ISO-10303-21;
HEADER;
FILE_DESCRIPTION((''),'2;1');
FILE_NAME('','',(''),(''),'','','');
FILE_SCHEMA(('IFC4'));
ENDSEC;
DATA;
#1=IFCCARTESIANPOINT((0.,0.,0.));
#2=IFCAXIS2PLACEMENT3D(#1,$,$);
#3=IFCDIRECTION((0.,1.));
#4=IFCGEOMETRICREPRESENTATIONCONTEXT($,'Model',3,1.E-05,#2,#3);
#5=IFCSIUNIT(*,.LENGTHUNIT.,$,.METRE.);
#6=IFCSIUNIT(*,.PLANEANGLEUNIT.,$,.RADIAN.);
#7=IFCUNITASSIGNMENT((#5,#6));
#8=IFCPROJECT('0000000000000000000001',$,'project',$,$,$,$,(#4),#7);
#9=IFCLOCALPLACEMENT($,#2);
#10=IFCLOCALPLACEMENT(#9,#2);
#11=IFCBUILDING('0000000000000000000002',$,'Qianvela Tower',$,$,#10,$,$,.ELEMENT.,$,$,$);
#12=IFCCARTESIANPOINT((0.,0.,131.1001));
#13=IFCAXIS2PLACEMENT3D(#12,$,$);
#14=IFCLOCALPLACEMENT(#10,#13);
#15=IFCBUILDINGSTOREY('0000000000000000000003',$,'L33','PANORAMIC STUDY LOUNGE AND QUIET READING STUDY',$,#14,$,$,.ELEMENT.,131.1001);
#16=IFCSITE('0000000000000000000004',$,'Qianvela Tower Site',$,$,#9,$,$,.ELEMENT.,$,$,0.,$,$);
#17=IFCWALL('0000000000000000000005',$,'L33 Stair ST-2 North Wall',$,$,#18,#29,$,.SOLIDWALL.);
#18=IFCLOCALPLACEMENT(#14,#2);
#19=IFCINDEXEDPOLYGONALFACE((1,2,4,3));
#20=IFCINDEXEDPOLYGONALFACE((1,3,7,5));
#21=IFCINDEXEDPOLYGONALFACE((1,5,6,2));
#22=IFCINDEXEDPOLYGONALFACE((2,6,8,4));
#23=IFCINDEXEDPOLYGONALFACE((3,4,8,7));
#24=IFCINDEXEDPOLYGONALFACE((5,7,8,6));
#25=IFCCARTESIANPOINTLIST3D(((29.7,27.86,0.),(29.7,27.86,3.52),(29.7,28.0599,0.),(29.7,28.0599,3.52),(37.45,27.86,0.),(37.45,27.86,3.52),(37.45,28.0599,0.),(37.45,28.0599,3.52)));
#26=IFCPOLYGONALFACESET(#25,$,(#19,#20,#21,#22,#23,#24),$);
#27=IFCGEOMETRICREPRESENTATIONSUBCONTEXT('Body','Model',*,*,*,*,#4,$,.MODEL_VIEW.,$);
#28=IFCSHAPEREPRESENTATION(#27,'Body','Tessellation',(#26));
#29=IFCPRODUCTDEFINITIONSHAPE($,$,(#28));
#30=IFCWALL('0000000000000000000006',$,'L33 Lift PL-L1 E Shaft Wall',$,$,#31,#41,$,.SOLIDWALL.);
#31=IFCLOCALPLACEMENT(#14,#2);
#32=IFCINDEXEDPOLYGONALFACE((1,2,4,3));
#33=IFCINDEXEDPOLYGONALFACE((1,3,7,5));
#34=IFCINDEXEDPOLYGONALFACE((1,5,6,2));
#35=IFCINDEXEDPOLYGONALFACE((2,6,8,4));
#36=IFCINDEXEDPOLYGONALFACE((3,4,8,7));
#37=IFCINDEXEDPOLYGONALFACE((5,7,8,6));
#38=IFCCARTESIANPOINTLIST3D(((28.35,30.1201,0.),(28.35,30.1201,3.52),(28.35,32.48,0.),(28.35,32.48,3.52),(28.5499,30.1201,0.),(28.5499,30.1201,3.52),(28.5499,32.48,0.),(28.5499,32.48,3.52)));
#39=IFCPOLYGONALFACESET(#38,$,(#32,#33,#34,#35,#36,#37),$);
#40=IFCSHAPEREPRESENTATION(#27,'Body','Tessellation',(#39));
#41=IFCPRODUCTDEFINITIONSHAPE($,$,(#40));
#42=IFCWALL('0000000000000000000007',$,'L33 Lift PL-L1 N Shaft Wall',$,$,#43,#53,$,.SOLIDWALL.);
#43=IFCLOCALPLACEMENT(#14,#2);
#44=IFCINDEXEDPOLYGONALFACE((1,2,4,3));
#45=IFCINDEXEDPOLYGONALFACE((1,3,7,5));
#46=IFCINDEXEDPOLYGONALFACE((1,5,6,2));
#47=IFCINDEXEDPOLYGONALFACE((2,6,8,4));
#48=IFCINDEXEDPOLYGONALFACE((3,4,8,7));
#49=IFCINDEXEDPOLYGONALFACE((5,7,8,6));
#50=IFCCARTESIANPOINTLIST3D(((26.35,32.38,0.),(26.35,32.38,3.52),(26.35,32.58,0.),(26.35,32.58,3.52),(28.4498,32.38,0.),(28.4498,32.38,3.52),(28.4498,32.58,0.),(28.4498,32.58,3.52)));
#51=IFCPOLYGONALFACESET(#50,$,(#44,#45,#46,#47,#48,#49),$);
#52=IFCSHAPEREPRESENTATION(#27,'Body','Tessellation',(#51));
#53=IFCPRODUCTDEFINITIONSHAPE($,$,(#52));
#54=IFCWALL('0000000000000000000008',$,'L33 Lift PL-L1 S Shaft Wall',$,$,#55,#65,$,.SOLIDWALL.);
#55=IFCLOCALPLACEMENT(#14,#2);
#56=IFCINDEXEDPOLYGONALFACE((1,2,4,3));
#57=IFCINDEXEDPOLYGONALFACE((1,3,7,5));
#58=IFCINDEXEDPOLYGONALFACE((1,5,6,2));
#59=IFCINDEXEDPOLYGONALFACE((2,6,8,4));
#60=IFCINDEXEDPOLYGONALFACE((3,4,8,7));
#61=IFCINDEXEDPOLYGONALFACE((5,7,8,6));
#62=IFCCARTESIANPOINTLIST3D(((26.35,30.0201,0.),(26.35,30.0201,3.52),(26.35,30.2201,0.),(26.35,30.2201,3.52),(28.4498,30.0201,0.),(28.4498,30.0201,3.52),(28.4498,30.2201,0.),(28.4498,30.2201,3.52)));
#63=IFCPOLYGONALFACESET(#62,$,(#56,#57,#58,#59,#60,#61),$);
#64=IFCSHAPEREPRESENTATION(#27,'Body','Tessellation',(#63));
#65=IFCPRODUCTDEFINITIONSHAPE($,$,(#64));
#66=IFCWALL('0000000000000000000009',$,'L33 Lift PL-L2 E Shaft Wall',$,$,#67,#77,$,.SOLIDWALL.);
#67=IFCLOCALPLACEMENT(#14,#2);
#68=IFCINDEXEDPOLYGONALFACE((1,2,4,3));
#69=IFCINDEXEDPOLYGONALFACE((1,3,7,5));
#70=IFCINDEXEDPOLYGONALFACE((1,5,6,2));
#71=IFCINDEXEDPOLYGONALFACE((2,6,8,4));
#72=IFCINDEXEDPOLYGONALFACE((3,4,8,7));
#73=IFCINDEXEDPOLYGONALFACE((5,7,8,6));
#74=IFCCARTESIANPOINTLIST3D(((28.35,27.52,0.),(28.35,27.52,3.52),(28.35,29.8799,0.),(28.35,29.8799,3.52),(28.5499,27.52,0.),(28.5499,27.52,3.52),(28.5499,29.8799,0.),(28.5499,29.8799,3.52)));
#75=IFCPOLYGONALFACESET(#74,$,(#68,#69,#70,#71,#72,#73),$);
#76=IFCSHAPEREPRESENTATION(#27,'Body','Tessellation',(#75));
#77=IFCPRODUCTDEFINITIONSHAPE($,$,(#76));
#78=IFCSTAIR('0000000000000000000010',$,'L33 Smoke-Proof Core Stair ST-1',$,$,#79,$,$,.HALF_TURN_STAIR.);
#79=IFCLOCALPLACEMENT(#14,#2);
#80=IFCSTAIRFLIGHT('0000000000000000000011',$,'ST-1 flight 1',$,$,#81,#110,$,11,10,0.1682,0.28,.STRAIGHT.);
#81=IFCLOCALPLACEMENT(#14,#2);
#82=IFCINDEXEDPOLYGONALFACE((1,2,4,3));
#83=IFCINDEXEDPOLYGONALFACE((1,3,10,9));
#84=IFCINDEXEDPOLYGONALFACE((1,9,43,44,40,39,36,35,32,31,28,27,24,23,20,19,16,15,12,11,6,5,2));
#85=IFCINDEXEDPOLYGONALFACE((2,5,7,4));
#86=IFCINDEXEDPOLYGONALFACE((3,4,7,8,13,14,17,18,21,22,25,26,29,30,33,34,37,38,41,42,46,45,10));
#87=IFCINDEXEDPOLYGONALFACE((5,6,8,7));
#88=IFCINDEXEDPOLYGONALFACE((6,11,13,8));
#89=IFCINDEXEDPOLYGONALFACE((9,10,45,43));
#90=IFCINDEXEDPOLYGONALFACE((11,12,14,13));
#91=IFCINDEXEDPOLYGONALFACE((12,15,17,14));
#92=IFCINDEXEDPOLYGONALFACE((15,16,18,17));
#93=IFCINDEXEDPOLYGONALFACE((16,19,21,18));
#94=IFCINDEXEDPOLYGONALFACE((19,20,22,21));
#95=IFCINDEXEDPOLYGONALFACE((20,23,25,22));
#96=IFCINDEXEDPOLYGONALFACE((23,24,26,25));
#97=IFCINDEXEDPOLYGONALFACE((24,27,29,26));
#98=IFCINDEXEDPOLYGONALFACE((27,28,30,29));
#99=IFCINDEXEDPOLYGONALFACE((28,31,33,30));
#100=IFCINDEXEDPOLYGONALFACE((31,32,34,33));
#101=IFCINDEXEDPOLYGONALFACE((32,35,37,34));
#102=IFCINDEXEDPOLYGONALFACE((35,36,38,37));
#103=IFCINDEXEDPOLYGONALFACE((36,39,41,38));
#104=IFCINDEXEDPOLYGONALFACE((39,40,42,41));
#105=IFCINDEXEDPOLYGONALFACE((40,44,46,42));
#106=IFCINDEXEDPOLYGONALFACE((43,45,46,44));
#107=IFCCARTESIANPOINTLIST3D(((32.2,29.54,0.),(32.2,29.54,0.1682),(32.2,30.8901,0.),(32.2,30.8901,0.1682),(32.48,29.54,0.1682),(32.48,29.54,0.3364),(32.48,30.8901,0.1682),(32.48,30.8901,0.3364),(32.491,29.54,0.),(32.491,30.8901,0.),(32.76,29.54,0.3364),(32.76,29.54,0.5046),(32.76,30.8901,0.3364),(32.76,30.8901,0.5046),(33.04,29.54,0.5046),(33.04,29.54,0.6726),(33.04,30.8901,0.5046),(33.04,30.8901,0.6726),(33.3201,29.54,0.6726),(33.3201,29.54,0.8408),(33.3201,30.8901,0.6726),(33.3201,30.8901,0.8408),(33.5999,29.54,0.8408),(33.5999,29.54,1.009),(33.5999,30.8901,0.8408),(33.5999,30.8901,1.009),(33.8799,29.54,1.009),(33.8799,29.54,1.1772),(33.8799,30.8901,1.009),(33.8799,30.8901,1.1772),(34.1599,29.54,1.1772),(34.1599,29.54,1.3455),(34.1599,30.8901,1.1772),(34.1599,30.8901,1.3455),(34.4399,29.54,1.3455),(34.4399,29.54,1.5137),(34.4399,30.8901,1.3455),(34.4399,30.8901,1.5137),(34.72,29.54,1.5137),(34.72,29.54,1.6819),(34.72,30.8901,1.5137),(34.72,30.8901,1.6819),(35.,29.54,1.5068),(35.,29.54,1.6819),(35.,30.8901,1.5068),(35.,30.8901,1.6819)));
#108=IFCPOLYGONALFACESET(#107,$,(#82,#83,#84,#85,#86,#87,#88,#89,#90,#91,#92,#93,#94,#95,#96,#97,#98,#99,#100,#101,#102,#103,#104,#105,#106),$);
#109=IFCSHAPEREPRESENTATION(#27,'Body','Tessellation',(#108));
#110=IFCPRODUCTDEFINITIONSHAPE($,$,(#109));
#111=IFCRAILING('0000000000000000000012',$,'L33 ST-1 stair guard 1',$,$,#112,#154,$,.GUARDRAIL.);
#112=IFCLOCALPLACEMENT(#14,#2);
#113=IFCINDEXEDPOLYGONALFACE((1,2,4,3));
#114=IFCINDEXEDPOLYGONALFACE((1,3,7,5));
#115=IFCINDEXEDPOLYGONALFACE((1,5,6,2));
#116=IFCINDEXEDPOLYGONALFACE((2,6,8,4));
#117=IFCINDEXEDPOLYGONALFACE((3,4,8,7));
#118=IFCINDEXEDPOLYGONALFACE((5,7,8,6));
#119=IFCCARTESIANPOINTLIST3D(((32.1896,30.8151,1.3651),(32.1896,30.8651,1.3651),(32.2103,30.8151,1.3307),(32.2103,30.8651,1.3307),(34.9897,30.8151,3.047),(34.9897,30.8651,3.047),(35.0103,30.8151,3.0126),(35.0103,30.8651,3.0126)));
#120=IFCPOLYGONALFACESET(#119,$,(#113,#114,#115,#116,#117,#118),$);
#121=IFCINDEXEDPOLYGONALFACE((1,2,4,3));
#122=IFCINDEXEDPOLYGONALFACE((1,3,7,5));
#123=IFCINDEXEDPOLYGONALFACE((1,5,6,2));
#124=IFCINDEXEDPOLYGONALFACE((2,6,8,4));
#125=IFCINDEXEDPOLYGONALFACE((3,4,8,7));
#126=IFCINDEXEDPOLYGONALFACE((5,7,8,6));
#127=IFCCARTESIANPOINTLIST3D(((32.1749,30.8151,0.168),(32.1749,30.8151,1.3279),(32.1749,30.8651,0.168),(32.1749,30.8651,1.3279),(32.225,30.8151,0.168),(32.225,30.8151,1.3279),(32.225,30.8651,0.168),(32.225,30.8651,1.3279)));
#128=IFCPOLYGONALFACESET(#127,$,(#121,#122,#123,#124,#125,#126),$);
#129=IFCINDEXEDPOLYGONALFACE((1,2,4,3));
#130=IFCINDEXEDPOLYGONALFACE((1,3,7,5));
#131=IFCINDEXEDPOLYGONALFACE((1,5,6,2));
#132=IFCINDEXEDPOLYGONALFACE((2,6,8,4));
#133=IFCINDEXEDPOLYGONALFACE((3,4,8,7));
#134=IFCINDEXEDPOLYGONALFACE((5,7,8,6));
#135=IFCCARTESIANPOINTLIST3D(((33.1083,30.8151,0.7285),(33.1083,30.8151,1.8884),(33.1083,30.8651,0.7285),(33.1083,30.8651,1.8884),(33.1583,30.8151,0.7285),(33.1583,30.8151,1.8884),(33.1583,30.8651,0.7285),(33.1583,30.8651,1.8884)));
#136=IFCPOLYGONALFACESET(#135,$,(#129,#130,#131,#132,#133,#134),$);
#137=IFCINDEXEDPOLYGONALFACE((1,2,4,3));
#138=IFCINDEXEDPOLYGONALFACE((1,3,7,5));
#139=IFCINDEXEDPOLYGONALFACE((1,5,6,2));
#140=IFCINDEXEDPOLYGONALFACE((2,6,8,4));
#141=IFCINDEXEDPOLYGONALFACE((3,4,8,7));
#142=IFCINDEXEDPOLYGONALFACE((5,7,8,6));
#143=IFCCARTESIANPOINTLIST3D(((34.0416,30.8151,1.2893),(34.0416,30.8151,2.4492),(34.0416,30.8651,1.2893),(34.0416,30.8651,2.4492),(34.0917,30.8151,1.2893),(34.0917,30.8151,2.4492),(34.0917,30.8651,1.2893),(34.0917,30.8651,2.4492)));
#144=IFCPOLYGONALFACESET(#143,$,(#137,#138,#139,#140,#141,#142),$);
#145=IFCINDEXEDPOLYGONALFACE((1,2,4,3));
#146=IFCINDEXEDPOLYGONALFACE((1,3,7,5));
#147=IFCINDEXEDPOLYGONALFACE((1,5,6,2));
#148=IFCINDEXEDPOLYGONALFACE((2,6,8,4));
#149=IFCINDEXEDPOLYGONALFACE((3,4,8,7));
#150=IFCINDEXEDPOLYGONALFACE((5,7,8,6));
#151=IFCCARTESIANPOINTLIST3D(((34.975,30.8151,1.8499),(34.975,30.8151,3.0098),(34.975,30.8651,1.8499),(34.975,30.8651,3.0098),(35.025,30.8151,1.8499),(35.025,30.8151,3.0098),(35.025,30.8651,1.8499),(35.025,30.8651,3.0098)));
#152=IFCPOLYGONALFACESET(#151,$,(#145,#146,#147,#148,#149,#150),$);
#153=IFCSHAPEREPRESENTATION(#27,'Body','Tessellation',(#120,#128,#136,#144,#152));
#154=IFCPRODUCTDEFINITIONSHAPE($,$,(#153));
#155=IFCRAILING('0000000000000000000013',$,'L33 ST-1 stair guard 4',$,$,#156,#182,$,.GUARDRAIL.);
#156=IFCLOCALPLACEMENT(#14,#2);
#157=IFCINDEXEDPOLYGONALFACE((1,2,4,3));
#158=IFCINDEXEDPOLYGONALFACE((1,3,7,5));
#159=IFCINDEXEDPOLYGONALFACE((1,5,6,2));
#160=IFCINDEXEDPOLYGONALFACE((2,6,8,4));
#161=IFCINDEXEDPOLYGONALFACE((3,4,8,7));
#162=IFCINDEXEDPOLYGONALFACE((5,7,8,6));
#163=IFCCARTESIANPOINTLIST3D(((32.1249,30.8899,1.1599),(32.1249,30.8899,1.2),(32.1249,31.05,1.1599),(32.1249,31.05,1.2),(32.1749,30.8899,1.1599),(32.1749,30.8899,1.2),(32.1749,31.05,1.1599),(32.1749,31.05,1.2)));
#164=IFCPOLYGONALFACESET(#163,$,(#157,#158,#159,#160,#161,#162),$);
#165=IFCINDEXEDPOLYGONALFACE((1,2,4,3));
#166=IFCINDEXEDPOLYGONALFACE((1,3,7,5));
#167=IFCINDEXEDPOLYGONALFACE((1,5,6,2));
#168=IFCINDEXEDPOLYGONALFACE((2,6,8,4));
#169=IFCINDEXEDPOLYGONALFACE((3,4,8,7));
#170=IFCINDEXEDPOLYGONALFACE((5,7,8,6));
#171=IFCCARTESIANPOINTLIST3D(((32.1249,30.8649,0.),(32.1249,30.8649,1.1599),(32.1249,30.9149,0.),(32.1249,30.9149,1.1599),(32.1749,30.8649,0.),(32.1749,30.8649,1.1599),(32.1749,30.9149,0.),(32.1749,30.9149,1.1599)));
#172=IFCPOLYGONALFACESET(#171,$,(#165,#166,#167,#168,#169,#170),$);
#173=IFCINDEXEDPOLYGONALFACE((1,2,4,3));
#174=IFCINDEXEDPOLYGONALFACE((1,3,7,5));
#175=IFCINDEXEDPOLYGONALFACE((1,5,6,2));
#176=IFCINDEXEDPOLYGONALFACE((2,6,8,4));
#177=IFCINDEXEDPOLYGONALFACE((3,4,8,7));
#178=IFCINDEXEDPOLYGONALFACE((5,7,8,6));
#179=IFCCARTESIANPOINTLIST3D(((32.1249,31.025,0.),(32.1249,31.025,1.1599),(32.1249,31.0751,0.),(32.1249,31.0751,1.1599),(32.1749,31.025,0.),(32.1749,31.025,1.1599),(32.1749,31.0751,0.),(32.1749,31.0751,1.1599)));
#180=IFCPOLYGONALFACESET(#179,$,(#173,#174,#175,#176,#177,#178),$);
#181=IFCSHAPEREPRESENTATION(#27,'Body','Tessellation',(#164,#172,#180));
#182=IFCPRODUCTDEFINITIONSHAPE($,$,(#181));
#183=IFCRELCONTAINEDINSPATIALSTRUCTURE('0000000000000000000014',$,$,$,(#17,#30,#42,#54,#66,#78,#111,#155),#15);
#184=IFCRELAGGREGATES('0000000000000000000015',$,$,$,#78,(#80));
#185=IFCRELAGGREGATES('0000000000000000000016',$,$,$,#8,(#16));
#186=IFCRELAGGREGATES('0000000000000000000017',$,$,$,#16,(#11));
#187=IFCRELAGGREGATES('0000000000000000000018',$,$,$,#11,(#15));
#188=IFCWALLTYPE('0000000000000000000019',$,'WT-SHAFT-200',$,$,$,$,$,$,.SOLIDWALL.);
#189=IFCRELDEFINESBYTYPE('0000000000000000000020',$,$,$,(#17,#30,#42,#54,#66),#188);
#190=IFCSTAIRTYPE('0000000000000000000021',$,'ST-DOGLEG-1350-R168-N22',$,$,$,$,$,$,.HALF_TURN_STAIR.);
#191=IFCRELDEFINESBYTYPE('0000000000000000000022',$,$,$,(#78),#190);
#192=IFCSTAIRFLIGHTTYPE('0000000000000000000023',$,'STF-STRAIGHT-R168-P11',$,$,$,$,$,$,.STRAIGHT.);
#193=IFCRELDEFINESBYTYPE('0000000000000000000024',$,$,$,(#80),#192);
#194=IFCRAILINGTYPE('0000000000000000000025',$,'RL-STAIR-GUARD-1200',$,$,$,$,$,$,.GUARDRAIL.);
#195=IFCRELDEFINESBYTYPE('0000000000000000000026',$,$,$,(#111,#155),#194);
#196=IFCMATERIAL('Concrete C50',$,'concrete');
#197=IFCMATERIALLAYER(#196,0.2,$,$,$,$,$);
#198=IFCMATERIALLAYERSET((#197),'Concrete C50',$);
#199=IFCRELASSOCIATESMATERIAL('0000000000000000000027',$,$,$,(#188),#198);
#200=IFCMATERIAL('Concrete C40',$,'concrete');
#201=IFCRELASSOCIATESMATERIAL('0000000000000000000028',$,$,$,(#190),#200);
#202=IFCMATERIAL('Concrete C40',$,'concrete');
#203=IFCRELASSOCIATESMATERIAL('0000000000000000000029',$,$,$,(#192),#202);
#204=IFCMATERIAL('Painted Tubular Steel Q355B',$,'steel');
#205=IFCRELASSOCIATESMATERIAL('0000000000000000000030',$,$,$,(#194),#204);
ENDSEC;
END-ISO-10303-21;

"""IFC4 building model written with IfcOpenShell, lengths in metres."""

from ifc_helpers import new_model, si_unit, direction, frame, frame_2d, origin, origin_2d, place, context, subcontext, project, spatial, polyline, rectangle, outline, extrude, material, layer, layer_set, type_object, element, aggregate, save


model = new_model("IFC4")

# Units and contexts
model_context = context("Model", 3, precision=1e-05, world=origin(), true_north=direction((0.0, 1.0)))
body_context = subcontext(model_context, "Body", "Model", "MODEL_VIEW")
ifc_project = project(units=[si_unit("LENGTHUNIT", "METRE"), si_unit("PLANEANGLEUNIT", "RADIAN")], contexts=[model_context])

# Site, building, storey
site_placement = place(None, origin())
site = spatial("IfcSite", under=ifc_project, at=site_placement, Name="Qianvela Tower Site", CompositionType="ELEMENT", RefElevation=0.0)
building_placement = place(site_placement, origin())
building = spatial("IfcBuilding", under=site, at=building_placement, Name="Qianvela Tower", CompositionType="ELEMENT")
storey_placement = place(building_placement, frame((0.0, 0.0, 131.1001)))
storey = spatial("IfcBuildingStorey", under=building, at=storey_placement, Name="L33", Description="PANORAMIC STUDY LOUNGE AND QUIET READING STUDY", CompositionType="ELEMENT", Elevation=131.1001)

# Walls
ifc_material_1 = material(Name="Concrete C50", Category="concrete")
ifc_layer_1 = layer(ifc_material_1, 0.2)
ifc_layer_set_1 = layer_set([ifc_layer_1], Name="Concrete C50")
wall_type_1 = type_object("IfcWallType", Name="WT-SHAFT-200", PredefinedType="SOLIDWALL", material=ifc_layer_set_1)
wall_1_placement = place(storey_placement, frame((29.7, 27.96, 0.0), z_axis=(0.0, 0.0, 1.0), x_axis=(1.0, 0.0, 0.0)))
element("IfcWall", 1, at=wall_1_placement, inside=storey, type_object=wall_type_1, Name="L33 Stair ST-2 North Wall", PredefinedType="SOLIDWALL", context=body_context, shape_type="SweptSolid", body=[
    extrude(rectangle(XDim=7.75, YDim=0.2, at=frame_2d((3.875, 0.0))), origin(), (0.0, 0.0, 1.0), 3.52),
])
wall_2_placement = place(storey_placement, frame((28.45, 30.1201, 0.0), z_axis=(0.0, 0.0, 1.0), x_axis=(0.0, 1.0, 0.0)))
element("IfcWall", 2, at=wall_2_placement, inside=storey, type_object=wall_type_1, Name="L33 Lift PL-L1 E Shaft Wall", PredefinedType="SOLIDWALL", context=body_context, shape_type="SweptSolid", body=[
    extrude(rectangle(XDim=2.3599, YDim=0.2, at=frame_2d((1.1799, 0.0))), origin(), (0.0, 0.0, 1.0), 3.52),
])

# Walls
for number, where, z_axis, x_axis, name in (
    (3, (26.3501, 32.48, 0.0), (0.0, 0.0, 1.0), (1.0, 0.0, 0.0), "L33 Lift PL-L1 N Shaft Wall"),
    (4, (26.3501, 30.1201, 0.0), (0.0, 0.0, 1.0), (1.0, 0.0, 0.0), "L33 Lift PL-L1 S Shaft Wall"),
):
    element("IfcWall", number, at=place(storey_placement, frame(where, z_axis=z_axis, x_axis=x_axis)), inside=storey, type_object=wall_type_1, Name=name, PredefinedType="SOLIDWALL", context=body_context, shape_type="SweptSolid", body=[
        extrude(rectangle(XDim=2.0999, YDim=0.2, at=frame_2d((1.0498, 0.0))), origin(), (0.0, 0.0, 1.0), 3.52),
    ])
wall_3_placement = place(storey_placement, frame((28.45, 27.52, 0.0), z_axis=(0.0, 0.0, 1.0), x_axis=(0.0, 1.0, 0.0)))
element("IfcWall", 5, at=wall_3_placement, inside=storey, type_object=wall_type_1, Name="L33 Lift PL-L2 E Shaft Wall", PredefinedType="SOLIDWALL", context=body_context, shape_type="SweptSolid", body=[
    extrude(rectangle(XDim=2.3599, YDim=0.2, at=frame_2d((1.1799, 0.0))), origin(), (0.0, 0.0, 1.0), 3.52),
])

# Stair, stair flight
ifc_material_2 = material(Name="Concrete C40", Category="concrete")
stair_type = type_object("IfcStairType", Name="ST-DOGLEG-1350-R168-N22", PredefinedType="HALF_TURN_STAIR", material=ifc_material_2)
stair_placement = place(storey_placement, origin())
stair = element("IfcStair", 6, at=stair_placement, inside=storey, type_object=stair_type, Name="L33 Smoke-Proof Core Stair ST-1", PredefinedType="HALF_TURN_STAIR")
ifc_material_3 = material(Name="Concrete C40", Category="concrete")
stair_flight_type = type_object("IfcStairFlightType", Name="STF-STRAIGHT-R168-P11", PredefinedType="STRAIGHT", material=ifc_material_3)
stair_flight_placement = place(storey_placement, frame((32.2, 30.2151, 0.0), z_axis=(0.0, 0.0, 1.0), x_axis=(1.0, 0.0, 0.0)))
stair_flight = element("IfcStairFlight", 7, at=stair_flight_placement, type_object=stair_flight_type, Name="ST-1 flight 1", NumberOfRisers=11, NumberOfTreads=10, PredefinedType="STRAIGHT", RiserHeight=0.1682, TreadLength=0.28, context=body_context, shape_type="SweptSolid", body=[
    extrude(outline(polyline([(0.0, 0.0), (0.0, 0.1682), (0.28, 0.1682), (0.28, 0.3364), (0.5601, 0.3364), (0.5601, 0.5046), (0.8401, 0.5046), (0.8401, 0.6726), (1.1201, 0.6726), (1.1201, 0.8408), (1.3999, 0.8408), (1.3999, 1.009), (1.6799, 1.009), (1.6799, 1.1772), (1.96, 1.1772), (1.96, 1.3455), (2.24, 1.3455), (2.24, 1.5137), (2.52, 1.5137), (2.52, 1.6819), (2.8, 1.6819), (2.8, 1.8501), (2.8, 1.5068), (0.291, 0.0), (0.0, 0.0)])), frame((0.0, 0.675, 0.0), z_axis=(0.0, -1.0, 0.0), x_axis=(1.0, 0.0, 0.0)), (0.0, 0.0, 1.0), 1.3501),
])
aggregate(stair, [stair_flight])

# Railings
ifc_material_4 = material(Name="Painted Tubular Steel Q355B", Category="steel")
railing_type_1 = type_object("IfcRailingType", Name="RL-STAIR-GUARD-1200", PredefinedType="GUARDRAIL", material=ifc_material_4)
railing_1_placement = place(storey_placement, frame((32.2, 30.8401, 0.168)))
element("IfcRailing", 8, at=railing_1_placement, inside=storey, type_object=railing_type_1, Name="L33 ST-1 stair guard 1", PredefinedType="GUARDRAIL", context=body_context, shape_type="SweptSolid", body=[
    extrude(rectangle(XDim=0.05, YDim=0.04, at=origin_2d()), frame((0.0, 0.0, 1.1799), z_axis=(0.857242, 0.0, 0.514913), x_axis=(0.0, 1.0, 0.0)), (0.0, 0.0, 1.0), 3.2664),
    extrude(rectangle(XDim=0.05, YDim=0.05, at=origin_2d()), origin(), (0.0, 0.0, 1.0), 1.1599),
    extrude(rectangle(XDim=0.05, YDim=0.05, at=origin_2d()), frame((0.9333, 0.0, 0.5605)), (0.0, 0.0, 1.0), 1.1599),
    extrude(rectangle(XDim=0.05, YDim=0.05, at=origin_2d()), frame((1.8667, 0.0, 1.1213)), (0.0, 0.0, 1.0), 1.1599),
    extrude(rectangle(XDim=0.05, YDim=0.05, at=origin_2d()), frame((2.8, 0.0, 1.6819)), (0.0, 0.0, 1.0), 1.1599),
])
railing_2_placement = place(storey_placement, frame((32.1499, 30.8899, 0.0)))
element("IfcRailing", 9, at=railing_2_placement, inside=storey, type_object=railing_type_1, Name="L33 ST-1 stair guard 4", PredefinedType="GUARDRAIL", context=body_context, shape_type="SweptSolid", body=[
    extrude(rectangle(XDim=0.05, YDim=0.04, at=origin_2d()), frame((0.0, 0.0, 1.1799), z_axis=(0.0, 1.0, 0.0), x_axis=(-1.0, 0.0, 0.0)), (0.0, 0.0, 1.0), 0.1602),
    extrude(rectangle(XDim=0.05, YDim=0.05, at=origin_2d()), origin(), (0.0, 0.0, 1.0), 1.1599),
    extrude(rectangle(XDim=0.05, YDim=0.05, at=origin_2d()), frame((0.0, 0.1602, 0.0)), (0.0, 0.0, 1.0), 1.1599),
])

save(model, "model.ifc")
